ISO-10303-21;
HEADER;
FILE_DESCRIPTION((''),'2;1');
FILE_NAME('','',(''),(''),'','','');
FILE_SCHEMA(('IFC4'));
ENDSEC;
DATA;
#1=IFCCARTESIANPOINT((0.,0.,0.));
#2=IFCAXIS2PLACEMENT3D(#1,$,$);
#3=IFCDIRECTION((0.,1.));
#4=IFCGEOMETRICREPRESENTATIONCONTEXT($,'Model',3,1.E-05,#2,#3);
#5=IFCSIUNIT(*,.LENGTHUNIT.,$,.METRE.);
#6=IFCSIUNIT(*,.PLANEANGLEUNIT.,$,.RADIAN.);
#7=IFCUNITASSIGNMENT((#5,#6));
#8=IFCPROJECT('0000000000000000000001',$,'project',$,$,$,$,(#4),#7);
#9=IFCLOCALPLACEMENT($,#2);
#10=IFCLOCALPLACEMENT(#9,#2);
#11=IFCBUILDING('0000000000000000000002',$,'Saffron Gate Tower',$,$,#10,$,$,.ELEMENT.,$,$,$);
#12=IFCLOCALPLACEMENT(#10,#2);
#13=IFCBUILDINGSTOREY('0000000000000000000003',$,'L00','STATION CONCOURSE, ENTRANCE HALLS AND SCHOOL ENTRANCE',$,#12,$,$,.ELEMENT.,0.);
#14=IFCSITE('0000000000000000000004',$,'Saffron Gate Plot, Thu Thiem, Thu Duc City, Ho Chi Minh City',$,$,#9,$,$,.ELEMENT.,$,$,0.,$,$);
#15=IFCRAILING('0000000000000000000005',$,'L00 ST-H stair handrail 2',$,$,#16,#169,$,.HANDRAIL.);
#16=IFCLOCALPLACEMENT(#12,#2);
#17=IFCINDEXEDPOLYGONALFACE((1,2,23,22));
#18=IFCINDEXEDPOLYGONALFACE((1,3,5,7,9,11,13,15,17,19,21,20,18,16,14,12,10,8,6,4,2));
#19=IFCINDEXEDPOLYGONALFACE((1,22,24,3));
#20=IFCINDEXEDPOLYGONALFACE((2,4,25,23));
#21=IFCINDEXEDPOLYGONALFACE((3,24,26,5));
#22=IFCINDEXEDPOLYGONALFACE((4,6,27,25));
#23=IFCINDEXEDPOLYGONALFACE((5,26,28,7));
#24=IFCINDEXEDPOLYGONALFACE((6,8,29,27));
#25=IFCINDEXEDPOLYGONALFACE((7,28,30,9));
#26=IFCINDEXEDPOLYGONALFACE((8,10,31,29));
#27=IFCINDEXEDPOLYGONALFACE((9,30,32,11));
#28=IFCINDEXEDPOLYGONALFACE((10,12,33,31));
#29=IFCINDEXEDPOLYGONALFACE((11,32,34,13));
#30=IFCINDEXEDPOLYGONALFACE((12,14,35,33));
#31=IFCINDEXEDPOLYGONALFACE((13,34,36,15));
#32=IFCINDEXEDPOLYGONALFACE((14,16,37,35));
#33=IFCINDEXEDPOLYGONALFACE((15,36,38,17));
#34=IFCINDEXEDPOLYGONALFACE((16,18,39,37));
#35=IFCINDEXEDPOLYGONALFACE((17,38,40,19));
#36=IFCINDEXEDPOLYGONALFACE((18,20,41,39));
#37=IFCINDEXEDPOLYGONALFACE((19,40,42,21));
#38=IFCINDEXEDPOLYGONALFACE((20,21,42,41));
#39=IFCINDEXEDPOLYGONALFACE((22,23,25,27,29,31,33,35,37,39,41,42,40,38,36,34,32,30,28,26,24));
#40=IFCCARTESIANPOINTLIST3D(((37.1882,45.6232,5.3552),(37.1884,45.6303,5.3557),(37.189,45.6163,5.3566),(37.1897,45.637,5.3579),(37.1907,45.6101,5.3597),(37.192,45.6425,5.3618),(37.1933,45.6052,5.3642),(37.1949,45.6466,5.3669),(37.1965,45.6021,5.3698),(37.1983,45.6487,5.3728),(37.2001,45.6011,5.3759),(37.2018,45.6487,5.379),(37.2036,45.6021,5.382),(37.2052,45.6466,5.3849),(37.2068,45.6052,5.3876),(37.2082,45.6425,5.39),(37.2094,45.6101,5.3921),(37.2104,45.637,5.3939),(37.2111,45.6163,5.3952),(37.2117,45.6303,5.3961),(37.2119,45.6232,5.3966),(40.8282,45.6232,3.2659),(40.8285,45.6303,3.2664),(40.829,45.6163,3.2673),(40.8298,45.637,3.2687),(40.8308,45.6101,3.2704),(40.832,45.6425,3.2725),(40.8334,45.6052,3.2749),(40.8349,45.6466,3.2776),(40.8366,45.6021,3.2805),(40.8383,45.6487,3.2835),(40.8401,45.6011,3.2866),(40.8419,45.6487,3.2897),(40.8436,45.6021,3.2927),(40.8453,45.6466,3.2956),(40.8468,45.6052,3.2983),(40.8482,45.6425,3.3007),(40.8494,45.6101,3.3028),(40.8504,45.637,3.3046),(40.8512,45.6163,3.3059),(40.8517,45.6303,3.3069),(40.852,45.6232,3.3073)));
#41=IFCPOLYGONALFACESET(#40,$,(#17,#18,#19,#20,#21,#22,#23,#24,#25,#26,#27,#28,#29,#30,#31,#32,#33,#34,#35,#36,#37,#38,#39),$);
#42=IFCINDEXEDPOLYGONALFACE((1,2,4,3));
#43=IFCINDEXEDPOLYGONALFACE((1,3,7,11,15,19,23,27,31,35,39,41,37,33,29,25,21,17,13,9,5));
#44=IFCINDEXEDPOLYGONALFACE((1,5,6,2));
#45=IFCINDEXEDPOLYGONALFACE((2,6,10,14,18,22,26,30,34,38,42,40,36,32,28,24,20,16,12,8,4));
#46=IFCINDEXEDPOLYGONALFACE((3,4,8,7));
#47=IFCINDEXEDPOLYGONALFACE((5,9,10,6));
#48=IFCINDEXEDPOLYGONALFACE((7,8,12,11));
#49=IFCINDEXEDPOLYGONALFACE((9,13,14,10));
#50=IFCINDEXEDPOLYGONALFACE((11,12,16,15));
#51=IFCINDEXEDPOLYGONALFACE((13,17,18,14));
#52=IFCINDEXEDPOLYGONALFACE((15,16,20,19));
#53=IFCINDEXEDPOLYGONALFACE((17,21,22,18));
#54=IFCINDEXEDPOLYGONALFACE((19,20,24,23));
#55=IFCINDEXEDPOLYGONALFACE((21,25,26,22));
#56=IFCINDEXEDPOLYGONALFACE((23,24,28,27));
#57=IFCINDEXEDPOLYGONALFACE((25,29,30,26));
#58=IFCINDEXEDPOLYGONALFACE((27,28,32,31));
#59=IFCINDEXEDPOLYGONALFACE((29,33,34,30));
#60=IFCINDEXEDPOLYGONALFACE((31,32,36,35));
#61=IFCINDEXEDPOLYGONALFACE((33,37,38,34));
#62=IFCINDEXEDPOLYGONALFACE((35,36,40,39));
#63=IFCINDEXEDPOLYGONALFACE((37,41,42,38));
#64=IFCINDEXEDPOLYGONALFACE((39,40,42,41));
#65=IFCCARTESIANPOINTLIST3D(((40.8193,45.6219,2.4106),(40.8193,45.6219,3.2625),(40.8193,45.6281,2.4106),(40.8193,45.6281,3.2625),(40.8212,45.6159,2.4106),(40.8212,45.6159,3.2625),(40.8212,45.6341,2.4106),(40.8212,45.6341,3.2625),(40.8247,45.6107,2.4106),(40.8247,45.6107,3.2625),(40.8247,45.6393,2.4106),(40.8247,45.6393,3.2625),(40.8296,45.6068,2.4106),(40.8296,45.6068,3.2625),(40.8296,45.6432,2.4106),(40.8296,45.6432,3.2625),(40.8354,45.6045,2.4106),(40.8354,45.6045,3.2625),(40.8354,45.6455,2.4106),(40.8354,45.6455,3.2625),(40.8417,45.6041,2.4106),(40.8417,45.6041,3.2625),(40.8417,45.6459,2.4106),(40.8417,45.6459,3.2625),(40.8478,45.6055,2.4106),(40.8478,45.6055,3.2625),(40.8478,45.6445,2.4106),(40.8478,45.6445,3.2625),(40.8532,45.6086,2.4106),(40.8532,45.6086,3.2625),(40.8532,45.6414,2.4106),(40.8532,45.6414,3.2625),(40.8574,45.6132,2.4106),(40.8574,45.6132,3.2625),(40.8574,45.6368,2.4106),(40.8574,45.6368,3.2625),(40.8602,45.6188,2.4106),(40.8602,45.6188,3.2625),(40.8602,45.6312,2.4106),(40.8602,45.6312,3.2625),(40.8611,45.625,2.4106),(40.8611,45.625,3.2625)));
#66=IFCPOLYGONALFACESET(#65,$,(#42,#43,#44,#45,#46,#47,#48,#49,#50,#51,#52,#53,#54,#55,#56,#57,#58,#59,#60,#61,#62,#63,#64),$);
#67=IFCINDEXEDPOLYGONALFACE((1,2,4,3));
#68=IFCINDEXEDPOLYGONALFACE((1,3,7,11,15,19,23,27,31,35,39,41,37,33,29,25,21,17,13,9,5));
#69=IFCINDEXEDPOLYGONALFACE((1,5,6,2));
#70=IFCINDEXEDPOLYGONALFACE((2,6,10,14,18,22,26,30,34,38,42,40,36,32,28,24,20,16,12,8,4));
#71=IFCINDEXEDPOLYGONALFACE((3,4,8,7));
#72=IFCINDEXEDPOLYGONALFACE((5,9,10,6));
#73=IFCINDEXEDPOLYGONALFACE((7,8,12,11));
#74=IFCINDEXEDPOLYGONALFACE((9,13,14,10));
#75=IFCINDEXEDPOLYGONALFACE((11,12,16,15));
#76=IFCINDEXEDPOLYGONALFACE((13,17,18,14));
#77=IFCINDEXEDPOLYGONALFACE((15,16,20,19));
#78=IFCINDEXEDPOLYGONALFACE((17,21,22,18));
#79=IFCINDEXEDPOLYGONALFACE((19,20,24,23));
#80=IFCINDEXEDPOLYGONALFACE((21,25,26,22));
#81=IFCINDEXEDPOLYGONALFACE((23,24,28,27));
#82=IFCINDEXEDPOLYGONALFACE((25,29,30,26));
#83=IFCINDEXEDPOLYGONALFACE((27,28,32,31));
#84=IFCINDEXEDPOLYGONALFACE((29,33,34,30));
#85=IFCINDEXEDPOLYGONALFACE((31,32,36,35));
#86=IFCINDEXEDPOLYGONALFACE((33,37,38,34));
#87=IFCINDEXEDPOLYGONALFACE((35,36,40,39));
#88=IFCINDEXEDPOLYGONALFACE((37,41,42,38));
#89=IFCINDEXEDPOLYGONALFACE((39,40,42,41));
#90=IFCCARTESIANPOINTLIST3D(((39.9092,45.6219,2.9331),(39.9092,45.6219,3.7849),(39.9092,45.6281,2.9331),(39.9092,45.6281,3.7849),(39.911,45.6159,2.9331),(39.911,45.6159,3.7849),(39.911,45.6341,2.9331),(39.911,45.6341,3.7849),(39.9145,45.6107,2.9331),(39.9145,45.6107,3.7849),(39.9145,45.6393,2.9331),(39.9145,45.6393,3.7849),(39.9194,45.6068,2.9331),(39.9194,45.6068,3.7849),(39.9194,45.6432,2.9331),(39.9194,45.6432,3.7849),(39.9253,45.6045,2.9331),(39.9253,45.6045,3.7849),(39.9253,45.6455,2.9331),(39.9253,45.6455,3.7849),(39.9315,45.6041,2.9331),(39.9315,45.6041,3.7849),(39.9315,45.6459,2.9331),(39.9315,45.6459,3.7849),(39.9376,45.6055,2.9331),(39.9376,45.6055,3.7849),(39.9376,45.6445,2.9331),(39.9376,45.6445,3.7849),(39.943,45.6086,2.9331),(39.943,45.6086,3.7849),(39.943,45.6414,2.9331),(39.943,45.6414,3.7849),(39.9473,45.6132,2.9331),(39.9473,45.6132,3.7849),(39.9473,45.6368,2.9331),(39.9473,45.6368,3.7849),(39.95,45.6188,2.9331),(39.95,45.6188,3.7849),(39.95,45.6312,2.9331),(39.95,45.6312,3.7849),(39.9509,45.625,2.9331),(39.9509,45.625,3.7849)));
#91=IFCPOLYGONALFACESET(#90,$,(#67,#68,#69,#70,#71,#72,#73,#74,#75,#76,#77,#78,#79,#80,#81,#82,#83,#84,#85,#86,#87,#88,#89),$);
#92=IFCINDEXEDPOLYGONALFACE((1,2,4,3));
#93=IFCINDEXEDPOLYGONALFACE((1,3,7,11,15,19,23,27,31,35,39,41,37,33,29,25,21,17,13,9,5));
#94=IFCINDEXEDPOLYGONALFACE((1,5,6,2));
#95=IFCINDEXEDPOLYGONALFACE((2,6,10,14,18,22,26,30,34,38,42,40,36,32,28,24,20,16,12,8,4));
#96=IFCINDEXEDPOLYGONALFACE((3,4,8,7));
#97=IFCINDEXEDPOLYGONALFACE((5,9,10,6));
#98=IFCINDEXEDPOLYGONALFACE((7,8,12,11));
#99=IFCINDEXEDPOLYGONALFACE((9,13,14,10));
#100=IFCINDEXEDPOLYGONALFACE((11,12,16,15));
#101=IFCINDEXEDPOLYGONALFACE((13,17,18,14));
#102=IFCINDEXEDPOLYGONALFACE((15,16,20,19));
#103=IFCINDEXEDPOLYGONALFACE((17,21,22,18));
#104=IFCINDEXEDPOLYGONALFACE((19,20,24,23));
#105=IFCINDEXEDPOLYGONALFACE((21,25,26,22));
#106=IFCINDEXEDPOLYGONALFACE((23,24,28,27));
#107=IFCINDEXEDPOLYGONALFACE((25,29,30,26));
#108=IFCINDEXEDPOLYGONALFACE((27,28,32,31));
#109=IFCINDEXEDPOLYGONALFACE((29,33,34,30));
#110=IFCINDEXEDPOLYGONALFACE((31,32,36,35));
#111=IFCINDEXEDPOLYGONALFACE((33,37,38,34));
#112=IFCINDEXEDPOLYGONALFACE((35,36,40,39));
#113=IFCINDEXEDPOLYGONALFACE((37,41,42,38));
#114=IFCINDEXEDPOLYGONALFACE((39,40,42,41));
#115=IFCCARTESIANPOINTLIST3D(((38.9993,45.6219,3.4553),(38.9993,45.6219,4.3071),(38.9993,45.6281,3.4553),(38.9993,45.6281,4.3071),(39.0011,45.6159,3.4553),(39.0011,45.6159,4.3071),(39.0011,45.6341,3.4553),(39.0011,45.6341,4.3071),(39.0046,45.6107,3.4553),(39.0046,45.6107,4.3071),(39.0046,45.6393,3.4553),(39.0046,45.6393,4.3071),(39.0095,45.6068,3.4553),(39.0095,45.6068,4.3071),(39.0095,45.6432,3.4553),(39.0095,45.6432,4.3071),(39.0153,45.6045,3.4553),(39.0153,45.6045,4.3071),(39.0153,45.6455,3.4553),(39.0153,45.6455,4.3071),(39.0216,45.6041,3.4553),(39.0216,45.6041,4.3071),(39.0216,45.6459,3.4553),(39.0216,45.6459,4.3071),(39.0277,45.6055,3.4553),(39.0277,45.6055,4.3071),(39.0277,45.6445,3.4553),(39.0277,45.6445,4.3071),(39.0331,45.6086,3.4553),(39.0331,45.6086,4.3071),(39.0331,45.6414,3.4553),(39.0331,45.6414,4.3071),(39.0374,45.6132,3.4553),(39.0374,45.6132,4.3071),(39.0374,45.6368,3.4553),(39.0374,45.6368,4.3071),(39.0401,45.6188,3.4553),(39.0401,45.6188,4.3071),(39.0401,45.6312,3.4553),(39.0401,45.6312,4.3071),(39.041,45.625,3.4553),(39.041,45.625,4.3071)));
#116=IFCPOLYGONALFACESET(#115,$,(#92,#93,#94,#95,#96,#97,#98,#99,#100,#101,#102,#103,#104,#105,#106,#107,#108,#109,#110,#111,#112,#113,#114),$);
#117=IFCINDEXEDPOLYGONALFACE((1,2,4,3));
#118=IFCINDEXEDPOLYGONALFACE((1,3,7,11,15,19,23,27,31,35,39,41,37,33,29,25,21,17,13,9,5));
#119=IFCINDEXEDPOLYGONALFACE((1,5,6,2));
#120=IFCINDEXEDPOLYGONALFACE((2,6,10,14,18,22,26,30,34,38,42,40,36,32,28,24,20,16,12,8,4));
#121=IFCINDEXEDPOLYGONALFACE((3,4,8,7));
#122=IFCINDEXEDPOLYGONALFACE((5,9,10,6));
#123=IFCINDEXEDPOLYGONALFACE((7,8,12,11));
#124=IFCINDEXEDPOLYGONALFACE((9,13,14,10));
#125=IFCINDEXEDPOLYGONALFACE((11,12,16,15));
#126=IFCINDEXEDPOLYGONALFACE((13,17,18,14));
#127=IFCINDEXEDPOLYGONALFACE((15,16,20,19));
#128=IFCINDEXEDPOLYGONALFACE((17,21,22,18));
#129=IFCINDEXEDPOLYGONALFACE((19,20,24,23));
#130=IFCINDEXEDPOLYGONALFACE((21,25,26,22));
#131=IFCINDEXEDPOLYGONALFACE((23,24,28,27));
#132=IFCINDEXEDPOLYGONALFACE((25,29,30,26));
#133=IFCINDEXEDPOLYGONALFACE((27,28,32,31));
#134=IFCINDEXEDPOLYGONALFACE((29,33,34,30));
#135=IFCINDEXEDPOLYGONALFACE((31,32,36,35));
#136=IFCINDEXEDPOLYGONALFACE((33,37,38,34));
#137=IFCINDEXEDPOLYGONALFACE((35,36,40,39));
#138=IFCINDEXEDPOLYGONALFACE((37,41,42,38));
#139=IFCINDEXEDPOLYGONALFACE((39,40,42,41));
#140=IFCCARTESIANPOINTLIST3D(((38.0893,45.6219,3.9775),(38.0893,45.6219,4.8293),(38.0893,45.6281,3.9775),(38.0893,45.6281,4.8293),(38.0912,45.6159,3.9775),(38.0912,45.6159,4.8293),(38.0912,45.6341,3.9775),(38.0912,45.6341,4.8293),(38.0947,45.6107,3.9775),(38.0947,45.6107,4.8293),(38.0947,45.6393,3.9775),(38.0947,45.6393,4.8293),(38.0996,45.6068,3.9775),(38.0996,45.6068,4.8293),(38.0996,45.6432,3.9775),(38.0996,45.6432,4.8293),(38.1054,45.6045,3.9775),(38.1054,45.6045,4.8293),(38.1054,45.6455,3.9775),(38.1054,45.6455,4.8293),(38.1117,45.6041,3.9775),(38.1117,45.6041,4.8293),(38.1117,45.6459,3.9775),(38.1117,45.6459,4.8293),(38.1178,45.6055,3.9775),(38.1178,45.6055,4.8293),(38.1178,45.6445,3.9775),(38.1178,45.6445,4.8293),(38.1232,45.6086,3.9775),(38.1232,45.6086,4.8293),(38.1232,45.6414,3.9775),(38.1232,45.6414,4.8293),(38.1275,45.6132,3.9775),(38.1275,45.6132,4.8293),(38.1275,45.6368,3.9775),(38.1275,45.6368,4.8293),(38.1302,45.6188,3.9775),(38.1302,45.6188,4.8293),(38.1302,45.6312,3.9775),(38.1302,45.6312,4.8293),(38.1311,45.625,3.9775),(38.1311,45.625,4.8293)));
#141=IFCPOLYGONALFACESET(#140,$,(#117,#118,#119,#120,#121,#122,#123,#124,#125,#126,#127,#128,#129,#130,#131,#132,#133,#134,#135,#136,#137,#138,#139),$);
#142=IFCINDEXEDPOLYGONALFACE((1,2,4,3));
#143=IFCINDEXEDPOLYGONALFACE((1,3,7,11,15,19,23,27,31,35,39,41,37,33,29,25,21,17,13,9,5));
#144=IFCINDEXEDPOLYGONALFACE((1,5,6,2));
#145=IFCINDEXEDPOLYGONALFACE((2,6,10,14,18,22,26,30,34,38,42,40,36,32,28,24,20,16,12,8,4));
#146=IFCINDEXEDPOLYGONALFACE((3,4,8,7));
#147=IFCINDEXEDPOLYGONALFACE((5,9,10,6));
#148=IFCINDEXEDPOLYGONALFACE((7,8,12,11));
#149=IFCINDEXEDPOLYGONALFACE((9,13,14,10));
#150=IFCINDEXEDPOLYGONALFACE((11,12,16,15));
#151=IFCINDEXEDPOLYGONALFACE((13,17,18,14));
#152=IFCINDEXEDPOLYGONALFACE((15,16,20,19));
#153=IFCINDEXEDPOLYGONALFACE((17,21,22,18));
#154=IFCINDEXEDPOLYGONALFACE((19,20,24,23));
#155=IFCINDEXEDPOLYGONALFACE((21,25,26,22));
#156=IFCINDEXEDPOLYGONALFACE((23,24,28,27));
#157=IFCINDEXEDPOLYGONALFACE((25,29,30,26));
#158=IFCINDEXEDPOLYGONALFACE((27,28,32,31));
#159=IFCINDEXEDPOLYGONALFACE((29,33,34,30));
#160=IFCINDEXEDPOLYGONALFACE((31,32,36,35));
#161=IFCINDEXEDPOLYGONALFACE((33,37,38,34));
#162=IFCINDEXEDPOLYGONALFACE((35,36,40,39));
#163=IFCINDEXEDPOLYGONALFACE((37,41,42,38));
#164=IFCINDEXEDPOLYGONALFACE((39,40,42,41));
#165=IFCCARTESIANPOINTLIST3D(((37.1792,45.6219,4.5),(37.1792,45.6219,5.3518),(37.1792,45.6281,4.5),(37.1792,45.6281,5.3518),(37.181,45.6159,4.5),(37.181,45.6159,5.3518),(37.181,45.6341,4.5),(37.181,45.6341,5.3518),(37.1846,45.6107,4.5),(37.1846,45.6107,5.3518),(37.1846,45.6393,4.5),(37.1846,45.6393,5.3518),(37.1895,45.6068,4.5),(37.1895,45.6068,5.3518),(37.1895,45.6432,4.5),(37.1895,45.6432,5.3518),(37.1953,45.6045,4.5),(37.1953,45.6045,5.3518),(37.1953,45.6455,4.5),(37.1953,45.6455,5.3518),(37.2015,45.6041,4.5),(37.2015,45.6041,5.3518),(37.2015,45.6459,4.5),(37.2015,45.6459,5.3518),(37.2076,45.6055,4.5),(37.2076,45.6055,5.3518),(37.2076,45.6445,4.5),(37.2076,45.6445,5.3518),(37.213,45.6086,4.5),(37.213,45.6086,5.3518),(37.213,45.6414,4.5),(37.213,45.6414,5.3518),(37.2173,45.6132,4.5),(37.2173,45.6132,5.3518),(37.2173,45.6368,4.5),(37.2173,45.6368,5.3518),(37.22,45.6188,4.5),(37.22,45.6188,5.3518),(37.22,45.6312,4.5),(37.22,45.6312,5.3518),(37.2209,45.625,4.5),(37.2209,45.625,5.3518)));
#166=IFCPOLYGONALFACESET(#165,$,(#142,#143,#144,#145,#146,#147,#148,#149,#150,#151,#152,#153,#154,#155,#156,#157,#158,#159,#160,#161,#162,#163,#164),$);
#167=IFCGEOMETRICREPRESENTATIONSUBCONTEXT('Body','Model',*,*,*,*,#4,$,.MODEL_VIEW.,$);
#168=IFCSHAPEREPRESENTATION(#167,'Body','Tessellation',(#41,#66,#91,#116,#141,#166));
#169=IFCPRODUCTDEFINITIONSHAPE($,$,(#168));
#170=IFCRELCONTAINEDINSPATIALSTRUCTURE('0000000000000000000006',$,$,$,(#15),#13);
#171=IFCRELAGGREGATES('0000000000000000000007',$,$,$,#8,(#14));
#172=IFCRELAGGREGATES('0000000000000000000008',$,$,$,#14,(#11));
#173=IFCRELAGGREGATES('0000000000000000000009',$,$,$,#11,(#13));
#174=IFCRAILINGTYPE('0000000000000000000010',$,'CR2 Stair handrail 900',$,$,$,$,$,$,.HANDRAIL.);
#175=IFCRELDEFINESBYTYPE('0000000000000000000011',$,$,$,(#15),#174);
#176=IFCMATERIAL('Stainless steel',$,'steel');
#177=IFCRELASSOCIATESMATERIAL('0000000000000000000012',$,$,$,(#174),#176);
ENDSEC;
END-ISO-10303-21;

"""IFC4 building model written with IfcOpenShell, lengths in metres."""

from ifc_helpers import new_model, si_unit, direction, frame, origin, origin_2d, place, context, subcontext, project, spatial, circle, extrude, material, type_object, element, save


model = new_model("IFC4")

# Units and contexts
model_context = context("Model", 3, precision=1e-05, world=origin(), true_north=direction((0.0, 1.0)))
body_context = subcontext(model_context, "Body", "Model", "MODEL_VIEW")
ifc_project = project(units=[si_unit("LENGTHUNIT", "METRE"), si_unit("PLANEANGLEUNIT", "RADIAN")], contexts=[model_context])

# Site, building, storey
site_placement = place(None, origin())
site = spatial("IfcSite", under=ifc_project, at=site_placement, Name="Saffron Gate Plot, Thu Thiem, Thu Duc City, Ho Chi Minh City", CompositionType="ELEMENT", RefElevation=0.0)
building_placement = place(site_placement, origin())
building = spatial("IfcBuilding", under=site, at=building_placement, Name="Saffron Gate Tower", CompositionType="ELEMENT")
storey_placement = place(building_placement, origin())
storey = spatial("IfcBuildingStorey", under=building, at=storey_placement, Name="L00", Description="STATION CONCOURSE, ENTRANCE HALLS AND SCHOOL ENTRANCE", CompositionType="ELEMENT", Elevation=0.0)

# Railing
ifc_material_1 = material(Name="Stainless steel", Category="steel")
railing_type_1 = type_object("IfcRailingType", Name="CR2 Stair handrail 900", PredefinedType="HANDRAIL", material=ifc_material_1)
railing_1_placement = place(storey_placement, frame((40.8401, 45.625, 2.4106)))
element("IfcRailing", 1, at=railing_1_placement, inside=storey, type_object=railing_type_1, Name="L00 ST-H stair handrail 2", PredefinedType="HANDRAIL", context=body_context, shape_type="SweptSolid", body=[
    extrude(circle(Radius=0.0239, at=origin_2d()), frame((0.0, 0.0, 0.876), z_axis=(-0.867289, 0.0, 0.497804), x_axis=(0.0, -1.0, 0.0)), (0.0, 0.0, 1.0), 4.197),
    extrude(circle(Radius=0.021, at=origin_2d()), origin(), (0.0, 0.0, 1.0), 0.8518),
    extrude(circle(Radius=0.021, at=origin_2d()), frame((-0.9102, 0.0, 0.5225)), (0.0, 0.0, 1.0), 0.8518),
    extrude(circle(Radius=0.021, at=origin_2d()), frame((-1.8201, 0.0, 1.0447)), (0.0, 0.0, 1.0), 0.8518),
    extrude(circle(Radius=0.021, at=origin_2d()), frame((-2.73, 0.0, 1.5669)), (0.0, 0.0, 1.0), 0.8518),
    extrude(circle(Radius=0.021, at=origin_2d()), frame((-3.6401, 0.0, 2.0894)), (0.0, 0.0, 1.0), 0.8518),
])

save(model, "model.ifc")
